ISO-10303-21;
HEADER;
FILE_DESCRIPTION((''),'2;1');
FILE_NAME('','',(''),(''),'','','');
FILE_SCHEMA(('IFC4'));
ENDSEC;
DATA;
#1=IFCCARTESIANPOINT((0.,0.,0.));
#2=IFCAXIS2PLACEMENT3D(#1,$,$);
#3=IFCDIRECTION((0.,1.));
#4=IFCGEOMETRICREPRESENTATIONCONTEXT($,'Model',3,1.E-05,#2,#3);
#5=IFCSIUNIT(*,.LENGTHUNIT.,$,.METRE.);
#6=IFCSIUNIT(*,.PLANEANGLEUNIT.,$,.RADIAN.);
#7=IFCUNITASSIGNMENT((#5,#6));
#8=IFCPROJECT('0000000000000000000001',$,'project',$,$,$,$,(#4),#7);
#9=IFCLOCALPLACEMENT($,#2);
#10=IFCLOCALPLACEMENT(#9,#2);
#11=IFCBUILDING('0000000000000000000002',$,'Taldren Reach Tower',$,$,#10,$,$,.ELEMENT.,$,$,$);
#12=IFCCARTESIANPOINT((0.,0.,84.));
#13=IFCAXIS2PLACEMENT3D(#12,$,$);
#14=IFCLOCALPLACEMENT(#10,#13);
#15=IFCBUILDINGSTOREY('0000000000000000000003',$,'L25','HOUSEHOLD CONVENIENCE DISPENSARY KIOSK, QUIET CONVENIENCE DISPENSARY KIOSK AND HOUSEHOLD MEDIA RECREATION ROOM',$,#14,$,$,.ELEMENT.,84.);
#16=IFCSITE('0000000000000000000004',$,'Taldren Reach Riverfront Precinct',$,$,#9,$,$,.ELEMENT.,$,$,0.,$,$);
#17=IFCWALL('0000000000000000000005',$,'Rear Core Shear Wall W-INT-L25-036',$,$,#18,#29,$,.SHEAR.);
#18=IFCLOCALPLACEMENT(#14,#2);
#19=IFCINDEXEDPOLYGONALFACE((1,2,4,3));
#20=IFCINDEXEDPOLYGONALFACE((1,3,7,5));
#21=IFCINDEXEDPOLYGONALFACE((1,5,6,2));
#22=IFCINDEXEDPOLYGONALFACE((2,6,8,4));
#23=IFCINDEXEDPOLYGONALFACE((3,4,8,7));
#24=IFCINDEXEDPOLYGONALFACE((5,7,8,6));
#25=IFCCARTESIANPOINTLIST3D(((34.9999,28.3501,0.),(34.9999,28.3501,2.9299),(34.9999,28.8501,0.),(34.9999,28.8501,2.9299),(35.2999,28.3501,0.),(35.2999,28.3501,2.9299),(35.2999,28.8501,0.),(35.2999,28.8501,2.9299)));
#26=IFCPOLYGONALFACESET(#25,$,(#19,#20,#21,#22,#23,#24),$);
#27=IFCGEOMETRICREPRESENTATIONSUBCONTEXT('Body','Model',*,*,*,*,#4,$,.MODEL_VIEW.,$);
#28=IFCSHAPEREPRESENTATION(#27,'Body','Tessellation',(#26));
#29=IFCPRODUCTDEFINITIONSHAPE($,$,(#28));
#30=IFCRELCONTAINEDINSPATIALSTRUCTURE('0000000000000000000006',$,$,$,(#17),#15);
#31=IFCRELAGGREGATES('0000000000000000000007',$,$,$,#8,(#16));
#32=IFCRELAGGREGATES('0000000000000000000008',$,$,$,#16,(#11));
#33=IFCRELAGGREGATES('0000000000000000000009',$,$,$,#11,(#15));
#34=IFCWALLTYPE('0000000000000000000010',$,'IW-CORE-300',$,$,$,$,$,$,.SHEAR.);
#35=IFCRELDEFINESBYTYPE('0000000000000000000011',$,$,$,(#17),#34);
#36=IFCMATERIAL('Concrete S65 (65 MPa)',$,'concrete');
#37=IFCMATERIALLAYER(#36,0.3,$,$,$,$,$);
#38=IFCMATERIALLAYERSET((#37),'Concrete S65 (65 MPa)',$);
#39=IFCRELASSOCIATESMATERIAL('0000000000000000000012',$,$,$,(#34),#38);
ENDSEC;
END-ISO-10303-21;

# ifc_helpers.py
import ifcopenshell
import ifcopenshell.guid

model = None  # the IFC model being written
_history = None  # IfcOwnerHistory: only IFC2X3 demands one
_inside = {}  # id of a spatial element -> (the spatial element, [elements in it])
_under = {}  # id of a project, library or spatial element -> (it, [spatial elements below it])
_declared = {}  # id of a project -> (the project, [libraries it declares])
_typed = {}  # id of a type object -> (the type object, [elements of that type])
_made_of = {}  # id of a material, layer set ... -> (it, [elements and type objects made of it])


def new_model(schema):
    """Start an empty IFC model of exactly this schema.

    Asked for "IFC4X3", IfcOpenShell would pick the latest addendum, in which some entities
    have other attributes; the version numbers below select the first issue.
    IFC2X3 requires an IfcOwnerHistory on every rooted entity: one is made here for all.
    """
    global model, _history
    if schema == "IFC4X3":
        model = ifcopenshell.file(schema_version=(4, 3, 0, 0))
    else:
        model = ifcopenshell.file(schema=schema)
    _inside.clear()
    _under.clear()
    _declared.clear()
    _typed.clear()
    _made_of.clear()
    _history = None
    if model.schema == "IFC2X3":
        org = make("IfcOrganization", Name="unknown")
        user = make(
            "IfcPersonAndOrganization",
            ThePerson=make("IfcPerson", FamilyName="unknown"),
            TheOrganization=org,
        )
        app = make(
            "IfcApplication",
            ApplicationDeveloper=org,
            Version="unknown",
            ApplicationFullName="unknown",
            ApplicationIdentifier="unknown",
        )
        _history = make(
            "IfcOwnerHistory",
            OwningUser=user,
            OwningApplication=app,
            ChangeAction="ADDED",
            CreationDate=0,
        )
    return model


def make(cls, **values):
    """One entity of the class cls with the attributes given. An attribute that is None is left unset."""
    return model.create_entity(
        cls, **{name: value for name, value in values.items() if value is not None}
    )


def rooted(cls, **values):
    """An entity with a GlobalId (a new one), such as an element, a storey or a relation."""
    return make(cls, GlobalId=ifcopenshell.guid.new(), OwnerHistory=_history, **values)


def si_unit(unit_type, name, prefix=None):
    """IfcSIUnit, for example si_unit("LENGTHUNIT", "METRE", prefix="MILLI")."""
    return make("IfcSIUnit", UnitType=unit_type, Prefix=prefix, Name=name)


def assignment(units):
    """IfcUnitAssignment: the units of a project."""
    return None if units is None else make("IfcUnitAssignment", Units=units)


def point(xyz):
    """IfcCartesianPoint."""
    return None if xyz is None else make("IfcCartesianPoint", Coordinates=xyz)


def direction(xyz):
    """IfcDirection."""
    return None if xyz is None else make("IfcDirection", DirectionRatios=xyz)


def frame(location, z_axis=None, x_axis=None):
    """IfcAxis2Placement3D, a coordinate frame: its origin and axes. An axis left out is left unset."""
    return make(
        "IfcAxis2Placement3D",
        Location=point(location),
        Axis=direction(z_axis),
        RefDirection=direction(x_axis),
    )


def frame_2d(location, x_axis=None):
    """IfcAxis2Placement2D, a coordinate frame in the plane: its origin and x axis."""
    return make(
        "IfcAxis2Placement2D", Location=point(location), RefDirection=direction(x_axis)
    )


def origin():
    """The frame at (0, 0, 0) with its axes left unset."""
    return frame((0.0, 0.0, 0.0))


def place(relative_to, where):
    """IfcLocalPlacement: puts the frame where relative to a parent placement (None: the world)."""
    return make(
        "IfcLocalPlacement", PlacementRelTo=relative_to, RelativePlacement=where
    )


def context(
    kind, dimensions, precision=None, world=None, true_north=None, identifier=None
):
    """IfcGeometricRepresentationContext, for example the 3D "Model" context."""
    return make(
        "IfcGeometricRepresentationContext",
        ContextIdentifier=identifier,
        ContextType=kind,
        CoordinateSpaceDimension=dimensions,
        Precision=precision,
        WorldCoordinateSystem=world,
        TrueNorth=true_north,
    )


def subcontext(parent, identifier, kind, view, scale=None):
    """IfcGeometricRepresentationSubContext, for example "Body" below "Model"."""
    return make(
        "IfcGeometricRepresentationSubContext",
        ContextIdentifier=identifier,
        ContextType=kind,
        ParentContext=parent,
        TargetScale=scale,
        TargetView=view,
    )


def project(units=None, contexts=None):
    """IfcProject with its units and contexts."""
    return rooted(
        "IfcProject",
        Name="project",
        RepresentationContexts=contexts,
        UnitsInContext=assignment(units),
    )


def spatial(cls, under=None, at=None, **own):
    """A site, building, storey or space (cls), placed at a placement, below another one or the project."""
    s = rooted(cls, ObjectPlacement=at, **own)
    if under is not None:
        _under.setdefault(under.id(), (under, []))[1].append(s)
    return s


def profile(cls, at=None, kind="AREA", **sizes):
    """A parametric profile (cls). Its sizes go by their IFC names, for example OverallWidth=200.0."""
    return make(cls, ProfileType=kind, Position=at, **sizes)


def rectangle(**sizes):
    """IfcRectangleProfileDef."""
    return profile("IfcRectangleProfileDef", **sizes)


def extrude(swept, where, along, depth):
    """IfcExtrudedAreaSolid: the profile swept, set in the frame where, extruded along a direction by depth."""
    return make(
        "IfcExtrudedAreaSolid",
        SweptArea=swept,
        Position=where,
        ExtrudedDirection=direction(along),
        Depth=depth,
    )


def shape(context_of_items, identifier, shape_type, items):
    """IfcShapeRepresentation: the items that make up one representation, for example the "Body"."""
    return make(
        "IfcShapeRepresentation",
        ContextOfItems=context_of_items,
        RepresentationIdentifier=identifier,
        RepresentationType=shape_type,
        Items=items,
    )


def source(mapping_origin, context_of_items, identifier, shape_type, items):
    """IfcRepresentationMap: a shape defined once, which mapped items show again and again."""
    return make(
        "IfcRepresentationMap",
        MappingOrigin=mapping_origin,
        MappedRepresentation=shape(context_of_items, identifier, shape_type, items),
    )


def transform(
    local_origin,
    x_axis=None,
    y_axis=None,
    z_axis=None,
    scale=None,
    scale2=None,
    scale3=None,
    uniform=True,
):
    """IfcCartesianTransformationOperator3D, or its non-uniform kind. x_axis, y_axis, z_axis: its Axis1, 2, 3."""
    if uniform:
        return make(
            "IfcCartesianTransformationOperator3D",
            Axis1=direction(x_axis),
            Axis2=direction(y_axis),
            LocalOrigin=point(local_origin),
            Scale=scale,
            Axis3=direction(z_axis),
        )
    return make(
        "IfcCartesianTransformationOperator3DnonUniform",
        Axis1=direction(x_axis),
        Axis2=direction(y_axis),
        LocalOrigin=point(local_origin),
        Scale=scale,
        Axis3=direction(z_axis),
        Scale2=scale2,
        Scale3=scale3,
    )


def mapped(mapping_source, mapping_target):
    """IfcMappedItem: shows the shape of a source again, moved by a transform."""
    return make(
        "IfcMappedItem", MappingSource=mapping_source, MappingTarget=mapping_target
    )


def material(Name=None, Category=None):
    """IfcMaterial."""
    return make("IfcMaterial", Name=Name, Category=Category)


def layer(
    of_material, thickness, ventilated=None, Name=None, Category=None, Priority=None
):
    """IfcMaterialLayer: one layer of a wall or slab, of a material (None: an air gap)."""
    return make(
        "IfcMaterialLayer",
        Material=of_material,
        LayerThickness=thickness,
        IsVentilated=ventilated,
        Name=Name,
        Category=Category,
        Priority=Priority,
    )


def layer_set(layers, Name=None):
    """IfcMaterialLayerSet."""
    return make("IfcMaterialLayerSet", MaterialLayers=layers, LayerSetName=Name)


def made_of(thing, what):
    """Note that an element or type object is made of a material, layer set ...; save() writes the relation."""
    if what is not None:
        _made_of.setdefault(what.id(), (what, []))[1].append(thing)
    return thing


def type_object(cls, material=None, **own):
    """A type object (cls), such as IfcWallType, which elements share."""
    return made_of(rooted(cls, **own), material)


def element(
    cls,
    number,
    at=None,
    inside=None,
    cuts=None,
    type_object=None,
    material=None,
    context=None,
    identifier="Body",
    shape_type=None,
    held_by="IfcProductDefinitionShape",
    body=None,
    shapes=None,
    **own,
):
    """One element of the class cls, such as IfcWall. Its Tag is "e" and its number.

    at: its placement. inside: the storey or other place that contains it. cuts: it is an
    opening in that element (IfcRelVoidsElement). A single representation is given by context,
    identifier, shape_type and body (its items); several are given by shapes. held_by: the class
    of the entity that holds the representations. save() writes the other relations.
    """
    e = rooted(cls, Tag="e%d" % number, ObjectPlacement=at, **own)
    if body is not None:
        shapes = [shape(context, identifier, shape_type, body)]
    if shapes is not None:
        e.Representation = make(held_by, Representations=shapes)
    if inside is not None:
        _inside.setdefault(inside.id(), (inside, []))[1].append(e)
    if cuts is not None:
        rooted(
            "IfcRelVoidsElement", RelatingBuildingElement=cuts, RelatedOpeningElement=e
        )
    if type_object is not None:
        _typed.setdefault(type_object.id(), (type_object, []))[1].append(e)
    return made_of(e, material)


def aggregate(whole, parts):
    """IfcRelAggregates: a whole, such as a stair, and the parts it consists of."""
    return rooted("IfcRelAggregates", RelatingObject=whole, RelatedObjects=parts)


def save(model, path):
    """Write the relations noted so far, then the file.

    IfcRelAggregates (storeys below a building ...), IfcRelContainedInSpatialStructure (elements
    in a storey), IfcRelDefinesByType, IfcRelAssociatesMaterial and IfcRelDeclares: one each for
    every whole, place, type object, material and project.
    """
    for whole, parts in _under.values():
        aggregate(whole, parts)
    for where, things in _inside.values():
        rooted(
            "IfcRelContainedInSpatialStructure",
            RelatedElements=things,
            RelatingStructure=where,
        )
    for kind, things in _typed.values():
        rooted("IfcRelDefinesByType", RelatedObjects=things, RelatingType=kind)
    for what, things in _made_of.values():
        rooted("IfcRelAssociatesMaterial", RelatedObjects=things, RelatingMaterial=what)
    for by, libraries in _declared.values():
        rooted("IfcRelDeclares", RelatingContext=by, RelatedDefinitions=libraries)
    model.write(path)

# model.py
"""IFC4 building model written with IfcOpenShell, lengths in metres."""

from ifc_helpers import new_model, si_unit, direction, frame, frame_2d, origin, place, context, subcontext, project, spatial, rectangle, extrude, source, transform, mapped, material, layer, layer_set, type_object, element, save


model = new_model("IFC4")

# Units and contexts
model_context = context("Model", 3, precision=1e-05, world=origin(), true_north=direction((0.0, 1.0)))
body_context = subcontext(model_context, "Body", "Model", "MODEL_VIEW")
ifc_project = project(units=[si_unit("LENGTHUNIT", "METRE"), si_unit("PLANEANGLEUNIT", "RADIAN")], contexts=[model_context])

# Site, building, storey
site_placement = place(None, origin())
site = spatial("IfcSite", under=ifc_project, at=site_placement, Name="Taldren Reach Riverfront Precinct", CompositionType="ELEMENT", RefElevation=0.0)
building_placement = place(site_placement, origin())
building = spatial("IfcBuilding", under=site, at=building_placement, Name="Taldren Reach Tower", CompositionType="ELEMENT")
storey_placement = place(building_placement, frame((0.0, 0.0, 84.0)))
storey = spatial("IfcBuildingStorey", under=building, at=storey_placement, Name="L25", Description="HOUSEHOLD CONVENIENCE DISPENSARY KIOSK, QUIET CONVENIENCE DISPENSARY KIOSK AND HOUSEHOLD MEDIA RECREATION ROOM", CompositionType="ELEMENT", Elevation=84.0)

# Shared definitions
ifc_material_1 = material(Name="Concrete S65 (65 MPa)", Category="concrete")

# Shared definitions
ifc_layer_1 = layer(ifc_material_1, 0.3)
ifc_layer_set_1 = layer_set([ifc_layer_1], Name="Concrete S65 (65 MPa)")
wall_type_1 = type_object("IfcWallType", Name="IW-CORE-300", PredefinedType="SHEAR", material=ifc_layer_set_1)

# Wall
shared_shape_1 = source(origin(), body_context, "Body", "SweptSolid", [
    extrude(rectangle(XDim=0.5, YDim=0.3, at=frame_2d((0.25, 0.0))), origin(), (0.0, 0.0, 1.0), 2.9299),
])
wall_1_placement = place(storey_placement, frame((35.1499, 28.3501, 0.0), z_axis=(0.0, 0.0, 1.0), x_axis=(0.0, 1.0, 0.0)))
element("IfcWall", 1, at=wall_1_placement, inside=storey, type_object=wall_type_1, Name="Rear Core Shear Wall W-INT-L25-036", PredefinedType="SHEAR", context=body_context, shape_type="MappedRepresentation", body=[
    mapped(shared_shape_1, transform((0.0, 0.0, 0.0), scale=1.0)),
])

save(model, "model.ifc")
